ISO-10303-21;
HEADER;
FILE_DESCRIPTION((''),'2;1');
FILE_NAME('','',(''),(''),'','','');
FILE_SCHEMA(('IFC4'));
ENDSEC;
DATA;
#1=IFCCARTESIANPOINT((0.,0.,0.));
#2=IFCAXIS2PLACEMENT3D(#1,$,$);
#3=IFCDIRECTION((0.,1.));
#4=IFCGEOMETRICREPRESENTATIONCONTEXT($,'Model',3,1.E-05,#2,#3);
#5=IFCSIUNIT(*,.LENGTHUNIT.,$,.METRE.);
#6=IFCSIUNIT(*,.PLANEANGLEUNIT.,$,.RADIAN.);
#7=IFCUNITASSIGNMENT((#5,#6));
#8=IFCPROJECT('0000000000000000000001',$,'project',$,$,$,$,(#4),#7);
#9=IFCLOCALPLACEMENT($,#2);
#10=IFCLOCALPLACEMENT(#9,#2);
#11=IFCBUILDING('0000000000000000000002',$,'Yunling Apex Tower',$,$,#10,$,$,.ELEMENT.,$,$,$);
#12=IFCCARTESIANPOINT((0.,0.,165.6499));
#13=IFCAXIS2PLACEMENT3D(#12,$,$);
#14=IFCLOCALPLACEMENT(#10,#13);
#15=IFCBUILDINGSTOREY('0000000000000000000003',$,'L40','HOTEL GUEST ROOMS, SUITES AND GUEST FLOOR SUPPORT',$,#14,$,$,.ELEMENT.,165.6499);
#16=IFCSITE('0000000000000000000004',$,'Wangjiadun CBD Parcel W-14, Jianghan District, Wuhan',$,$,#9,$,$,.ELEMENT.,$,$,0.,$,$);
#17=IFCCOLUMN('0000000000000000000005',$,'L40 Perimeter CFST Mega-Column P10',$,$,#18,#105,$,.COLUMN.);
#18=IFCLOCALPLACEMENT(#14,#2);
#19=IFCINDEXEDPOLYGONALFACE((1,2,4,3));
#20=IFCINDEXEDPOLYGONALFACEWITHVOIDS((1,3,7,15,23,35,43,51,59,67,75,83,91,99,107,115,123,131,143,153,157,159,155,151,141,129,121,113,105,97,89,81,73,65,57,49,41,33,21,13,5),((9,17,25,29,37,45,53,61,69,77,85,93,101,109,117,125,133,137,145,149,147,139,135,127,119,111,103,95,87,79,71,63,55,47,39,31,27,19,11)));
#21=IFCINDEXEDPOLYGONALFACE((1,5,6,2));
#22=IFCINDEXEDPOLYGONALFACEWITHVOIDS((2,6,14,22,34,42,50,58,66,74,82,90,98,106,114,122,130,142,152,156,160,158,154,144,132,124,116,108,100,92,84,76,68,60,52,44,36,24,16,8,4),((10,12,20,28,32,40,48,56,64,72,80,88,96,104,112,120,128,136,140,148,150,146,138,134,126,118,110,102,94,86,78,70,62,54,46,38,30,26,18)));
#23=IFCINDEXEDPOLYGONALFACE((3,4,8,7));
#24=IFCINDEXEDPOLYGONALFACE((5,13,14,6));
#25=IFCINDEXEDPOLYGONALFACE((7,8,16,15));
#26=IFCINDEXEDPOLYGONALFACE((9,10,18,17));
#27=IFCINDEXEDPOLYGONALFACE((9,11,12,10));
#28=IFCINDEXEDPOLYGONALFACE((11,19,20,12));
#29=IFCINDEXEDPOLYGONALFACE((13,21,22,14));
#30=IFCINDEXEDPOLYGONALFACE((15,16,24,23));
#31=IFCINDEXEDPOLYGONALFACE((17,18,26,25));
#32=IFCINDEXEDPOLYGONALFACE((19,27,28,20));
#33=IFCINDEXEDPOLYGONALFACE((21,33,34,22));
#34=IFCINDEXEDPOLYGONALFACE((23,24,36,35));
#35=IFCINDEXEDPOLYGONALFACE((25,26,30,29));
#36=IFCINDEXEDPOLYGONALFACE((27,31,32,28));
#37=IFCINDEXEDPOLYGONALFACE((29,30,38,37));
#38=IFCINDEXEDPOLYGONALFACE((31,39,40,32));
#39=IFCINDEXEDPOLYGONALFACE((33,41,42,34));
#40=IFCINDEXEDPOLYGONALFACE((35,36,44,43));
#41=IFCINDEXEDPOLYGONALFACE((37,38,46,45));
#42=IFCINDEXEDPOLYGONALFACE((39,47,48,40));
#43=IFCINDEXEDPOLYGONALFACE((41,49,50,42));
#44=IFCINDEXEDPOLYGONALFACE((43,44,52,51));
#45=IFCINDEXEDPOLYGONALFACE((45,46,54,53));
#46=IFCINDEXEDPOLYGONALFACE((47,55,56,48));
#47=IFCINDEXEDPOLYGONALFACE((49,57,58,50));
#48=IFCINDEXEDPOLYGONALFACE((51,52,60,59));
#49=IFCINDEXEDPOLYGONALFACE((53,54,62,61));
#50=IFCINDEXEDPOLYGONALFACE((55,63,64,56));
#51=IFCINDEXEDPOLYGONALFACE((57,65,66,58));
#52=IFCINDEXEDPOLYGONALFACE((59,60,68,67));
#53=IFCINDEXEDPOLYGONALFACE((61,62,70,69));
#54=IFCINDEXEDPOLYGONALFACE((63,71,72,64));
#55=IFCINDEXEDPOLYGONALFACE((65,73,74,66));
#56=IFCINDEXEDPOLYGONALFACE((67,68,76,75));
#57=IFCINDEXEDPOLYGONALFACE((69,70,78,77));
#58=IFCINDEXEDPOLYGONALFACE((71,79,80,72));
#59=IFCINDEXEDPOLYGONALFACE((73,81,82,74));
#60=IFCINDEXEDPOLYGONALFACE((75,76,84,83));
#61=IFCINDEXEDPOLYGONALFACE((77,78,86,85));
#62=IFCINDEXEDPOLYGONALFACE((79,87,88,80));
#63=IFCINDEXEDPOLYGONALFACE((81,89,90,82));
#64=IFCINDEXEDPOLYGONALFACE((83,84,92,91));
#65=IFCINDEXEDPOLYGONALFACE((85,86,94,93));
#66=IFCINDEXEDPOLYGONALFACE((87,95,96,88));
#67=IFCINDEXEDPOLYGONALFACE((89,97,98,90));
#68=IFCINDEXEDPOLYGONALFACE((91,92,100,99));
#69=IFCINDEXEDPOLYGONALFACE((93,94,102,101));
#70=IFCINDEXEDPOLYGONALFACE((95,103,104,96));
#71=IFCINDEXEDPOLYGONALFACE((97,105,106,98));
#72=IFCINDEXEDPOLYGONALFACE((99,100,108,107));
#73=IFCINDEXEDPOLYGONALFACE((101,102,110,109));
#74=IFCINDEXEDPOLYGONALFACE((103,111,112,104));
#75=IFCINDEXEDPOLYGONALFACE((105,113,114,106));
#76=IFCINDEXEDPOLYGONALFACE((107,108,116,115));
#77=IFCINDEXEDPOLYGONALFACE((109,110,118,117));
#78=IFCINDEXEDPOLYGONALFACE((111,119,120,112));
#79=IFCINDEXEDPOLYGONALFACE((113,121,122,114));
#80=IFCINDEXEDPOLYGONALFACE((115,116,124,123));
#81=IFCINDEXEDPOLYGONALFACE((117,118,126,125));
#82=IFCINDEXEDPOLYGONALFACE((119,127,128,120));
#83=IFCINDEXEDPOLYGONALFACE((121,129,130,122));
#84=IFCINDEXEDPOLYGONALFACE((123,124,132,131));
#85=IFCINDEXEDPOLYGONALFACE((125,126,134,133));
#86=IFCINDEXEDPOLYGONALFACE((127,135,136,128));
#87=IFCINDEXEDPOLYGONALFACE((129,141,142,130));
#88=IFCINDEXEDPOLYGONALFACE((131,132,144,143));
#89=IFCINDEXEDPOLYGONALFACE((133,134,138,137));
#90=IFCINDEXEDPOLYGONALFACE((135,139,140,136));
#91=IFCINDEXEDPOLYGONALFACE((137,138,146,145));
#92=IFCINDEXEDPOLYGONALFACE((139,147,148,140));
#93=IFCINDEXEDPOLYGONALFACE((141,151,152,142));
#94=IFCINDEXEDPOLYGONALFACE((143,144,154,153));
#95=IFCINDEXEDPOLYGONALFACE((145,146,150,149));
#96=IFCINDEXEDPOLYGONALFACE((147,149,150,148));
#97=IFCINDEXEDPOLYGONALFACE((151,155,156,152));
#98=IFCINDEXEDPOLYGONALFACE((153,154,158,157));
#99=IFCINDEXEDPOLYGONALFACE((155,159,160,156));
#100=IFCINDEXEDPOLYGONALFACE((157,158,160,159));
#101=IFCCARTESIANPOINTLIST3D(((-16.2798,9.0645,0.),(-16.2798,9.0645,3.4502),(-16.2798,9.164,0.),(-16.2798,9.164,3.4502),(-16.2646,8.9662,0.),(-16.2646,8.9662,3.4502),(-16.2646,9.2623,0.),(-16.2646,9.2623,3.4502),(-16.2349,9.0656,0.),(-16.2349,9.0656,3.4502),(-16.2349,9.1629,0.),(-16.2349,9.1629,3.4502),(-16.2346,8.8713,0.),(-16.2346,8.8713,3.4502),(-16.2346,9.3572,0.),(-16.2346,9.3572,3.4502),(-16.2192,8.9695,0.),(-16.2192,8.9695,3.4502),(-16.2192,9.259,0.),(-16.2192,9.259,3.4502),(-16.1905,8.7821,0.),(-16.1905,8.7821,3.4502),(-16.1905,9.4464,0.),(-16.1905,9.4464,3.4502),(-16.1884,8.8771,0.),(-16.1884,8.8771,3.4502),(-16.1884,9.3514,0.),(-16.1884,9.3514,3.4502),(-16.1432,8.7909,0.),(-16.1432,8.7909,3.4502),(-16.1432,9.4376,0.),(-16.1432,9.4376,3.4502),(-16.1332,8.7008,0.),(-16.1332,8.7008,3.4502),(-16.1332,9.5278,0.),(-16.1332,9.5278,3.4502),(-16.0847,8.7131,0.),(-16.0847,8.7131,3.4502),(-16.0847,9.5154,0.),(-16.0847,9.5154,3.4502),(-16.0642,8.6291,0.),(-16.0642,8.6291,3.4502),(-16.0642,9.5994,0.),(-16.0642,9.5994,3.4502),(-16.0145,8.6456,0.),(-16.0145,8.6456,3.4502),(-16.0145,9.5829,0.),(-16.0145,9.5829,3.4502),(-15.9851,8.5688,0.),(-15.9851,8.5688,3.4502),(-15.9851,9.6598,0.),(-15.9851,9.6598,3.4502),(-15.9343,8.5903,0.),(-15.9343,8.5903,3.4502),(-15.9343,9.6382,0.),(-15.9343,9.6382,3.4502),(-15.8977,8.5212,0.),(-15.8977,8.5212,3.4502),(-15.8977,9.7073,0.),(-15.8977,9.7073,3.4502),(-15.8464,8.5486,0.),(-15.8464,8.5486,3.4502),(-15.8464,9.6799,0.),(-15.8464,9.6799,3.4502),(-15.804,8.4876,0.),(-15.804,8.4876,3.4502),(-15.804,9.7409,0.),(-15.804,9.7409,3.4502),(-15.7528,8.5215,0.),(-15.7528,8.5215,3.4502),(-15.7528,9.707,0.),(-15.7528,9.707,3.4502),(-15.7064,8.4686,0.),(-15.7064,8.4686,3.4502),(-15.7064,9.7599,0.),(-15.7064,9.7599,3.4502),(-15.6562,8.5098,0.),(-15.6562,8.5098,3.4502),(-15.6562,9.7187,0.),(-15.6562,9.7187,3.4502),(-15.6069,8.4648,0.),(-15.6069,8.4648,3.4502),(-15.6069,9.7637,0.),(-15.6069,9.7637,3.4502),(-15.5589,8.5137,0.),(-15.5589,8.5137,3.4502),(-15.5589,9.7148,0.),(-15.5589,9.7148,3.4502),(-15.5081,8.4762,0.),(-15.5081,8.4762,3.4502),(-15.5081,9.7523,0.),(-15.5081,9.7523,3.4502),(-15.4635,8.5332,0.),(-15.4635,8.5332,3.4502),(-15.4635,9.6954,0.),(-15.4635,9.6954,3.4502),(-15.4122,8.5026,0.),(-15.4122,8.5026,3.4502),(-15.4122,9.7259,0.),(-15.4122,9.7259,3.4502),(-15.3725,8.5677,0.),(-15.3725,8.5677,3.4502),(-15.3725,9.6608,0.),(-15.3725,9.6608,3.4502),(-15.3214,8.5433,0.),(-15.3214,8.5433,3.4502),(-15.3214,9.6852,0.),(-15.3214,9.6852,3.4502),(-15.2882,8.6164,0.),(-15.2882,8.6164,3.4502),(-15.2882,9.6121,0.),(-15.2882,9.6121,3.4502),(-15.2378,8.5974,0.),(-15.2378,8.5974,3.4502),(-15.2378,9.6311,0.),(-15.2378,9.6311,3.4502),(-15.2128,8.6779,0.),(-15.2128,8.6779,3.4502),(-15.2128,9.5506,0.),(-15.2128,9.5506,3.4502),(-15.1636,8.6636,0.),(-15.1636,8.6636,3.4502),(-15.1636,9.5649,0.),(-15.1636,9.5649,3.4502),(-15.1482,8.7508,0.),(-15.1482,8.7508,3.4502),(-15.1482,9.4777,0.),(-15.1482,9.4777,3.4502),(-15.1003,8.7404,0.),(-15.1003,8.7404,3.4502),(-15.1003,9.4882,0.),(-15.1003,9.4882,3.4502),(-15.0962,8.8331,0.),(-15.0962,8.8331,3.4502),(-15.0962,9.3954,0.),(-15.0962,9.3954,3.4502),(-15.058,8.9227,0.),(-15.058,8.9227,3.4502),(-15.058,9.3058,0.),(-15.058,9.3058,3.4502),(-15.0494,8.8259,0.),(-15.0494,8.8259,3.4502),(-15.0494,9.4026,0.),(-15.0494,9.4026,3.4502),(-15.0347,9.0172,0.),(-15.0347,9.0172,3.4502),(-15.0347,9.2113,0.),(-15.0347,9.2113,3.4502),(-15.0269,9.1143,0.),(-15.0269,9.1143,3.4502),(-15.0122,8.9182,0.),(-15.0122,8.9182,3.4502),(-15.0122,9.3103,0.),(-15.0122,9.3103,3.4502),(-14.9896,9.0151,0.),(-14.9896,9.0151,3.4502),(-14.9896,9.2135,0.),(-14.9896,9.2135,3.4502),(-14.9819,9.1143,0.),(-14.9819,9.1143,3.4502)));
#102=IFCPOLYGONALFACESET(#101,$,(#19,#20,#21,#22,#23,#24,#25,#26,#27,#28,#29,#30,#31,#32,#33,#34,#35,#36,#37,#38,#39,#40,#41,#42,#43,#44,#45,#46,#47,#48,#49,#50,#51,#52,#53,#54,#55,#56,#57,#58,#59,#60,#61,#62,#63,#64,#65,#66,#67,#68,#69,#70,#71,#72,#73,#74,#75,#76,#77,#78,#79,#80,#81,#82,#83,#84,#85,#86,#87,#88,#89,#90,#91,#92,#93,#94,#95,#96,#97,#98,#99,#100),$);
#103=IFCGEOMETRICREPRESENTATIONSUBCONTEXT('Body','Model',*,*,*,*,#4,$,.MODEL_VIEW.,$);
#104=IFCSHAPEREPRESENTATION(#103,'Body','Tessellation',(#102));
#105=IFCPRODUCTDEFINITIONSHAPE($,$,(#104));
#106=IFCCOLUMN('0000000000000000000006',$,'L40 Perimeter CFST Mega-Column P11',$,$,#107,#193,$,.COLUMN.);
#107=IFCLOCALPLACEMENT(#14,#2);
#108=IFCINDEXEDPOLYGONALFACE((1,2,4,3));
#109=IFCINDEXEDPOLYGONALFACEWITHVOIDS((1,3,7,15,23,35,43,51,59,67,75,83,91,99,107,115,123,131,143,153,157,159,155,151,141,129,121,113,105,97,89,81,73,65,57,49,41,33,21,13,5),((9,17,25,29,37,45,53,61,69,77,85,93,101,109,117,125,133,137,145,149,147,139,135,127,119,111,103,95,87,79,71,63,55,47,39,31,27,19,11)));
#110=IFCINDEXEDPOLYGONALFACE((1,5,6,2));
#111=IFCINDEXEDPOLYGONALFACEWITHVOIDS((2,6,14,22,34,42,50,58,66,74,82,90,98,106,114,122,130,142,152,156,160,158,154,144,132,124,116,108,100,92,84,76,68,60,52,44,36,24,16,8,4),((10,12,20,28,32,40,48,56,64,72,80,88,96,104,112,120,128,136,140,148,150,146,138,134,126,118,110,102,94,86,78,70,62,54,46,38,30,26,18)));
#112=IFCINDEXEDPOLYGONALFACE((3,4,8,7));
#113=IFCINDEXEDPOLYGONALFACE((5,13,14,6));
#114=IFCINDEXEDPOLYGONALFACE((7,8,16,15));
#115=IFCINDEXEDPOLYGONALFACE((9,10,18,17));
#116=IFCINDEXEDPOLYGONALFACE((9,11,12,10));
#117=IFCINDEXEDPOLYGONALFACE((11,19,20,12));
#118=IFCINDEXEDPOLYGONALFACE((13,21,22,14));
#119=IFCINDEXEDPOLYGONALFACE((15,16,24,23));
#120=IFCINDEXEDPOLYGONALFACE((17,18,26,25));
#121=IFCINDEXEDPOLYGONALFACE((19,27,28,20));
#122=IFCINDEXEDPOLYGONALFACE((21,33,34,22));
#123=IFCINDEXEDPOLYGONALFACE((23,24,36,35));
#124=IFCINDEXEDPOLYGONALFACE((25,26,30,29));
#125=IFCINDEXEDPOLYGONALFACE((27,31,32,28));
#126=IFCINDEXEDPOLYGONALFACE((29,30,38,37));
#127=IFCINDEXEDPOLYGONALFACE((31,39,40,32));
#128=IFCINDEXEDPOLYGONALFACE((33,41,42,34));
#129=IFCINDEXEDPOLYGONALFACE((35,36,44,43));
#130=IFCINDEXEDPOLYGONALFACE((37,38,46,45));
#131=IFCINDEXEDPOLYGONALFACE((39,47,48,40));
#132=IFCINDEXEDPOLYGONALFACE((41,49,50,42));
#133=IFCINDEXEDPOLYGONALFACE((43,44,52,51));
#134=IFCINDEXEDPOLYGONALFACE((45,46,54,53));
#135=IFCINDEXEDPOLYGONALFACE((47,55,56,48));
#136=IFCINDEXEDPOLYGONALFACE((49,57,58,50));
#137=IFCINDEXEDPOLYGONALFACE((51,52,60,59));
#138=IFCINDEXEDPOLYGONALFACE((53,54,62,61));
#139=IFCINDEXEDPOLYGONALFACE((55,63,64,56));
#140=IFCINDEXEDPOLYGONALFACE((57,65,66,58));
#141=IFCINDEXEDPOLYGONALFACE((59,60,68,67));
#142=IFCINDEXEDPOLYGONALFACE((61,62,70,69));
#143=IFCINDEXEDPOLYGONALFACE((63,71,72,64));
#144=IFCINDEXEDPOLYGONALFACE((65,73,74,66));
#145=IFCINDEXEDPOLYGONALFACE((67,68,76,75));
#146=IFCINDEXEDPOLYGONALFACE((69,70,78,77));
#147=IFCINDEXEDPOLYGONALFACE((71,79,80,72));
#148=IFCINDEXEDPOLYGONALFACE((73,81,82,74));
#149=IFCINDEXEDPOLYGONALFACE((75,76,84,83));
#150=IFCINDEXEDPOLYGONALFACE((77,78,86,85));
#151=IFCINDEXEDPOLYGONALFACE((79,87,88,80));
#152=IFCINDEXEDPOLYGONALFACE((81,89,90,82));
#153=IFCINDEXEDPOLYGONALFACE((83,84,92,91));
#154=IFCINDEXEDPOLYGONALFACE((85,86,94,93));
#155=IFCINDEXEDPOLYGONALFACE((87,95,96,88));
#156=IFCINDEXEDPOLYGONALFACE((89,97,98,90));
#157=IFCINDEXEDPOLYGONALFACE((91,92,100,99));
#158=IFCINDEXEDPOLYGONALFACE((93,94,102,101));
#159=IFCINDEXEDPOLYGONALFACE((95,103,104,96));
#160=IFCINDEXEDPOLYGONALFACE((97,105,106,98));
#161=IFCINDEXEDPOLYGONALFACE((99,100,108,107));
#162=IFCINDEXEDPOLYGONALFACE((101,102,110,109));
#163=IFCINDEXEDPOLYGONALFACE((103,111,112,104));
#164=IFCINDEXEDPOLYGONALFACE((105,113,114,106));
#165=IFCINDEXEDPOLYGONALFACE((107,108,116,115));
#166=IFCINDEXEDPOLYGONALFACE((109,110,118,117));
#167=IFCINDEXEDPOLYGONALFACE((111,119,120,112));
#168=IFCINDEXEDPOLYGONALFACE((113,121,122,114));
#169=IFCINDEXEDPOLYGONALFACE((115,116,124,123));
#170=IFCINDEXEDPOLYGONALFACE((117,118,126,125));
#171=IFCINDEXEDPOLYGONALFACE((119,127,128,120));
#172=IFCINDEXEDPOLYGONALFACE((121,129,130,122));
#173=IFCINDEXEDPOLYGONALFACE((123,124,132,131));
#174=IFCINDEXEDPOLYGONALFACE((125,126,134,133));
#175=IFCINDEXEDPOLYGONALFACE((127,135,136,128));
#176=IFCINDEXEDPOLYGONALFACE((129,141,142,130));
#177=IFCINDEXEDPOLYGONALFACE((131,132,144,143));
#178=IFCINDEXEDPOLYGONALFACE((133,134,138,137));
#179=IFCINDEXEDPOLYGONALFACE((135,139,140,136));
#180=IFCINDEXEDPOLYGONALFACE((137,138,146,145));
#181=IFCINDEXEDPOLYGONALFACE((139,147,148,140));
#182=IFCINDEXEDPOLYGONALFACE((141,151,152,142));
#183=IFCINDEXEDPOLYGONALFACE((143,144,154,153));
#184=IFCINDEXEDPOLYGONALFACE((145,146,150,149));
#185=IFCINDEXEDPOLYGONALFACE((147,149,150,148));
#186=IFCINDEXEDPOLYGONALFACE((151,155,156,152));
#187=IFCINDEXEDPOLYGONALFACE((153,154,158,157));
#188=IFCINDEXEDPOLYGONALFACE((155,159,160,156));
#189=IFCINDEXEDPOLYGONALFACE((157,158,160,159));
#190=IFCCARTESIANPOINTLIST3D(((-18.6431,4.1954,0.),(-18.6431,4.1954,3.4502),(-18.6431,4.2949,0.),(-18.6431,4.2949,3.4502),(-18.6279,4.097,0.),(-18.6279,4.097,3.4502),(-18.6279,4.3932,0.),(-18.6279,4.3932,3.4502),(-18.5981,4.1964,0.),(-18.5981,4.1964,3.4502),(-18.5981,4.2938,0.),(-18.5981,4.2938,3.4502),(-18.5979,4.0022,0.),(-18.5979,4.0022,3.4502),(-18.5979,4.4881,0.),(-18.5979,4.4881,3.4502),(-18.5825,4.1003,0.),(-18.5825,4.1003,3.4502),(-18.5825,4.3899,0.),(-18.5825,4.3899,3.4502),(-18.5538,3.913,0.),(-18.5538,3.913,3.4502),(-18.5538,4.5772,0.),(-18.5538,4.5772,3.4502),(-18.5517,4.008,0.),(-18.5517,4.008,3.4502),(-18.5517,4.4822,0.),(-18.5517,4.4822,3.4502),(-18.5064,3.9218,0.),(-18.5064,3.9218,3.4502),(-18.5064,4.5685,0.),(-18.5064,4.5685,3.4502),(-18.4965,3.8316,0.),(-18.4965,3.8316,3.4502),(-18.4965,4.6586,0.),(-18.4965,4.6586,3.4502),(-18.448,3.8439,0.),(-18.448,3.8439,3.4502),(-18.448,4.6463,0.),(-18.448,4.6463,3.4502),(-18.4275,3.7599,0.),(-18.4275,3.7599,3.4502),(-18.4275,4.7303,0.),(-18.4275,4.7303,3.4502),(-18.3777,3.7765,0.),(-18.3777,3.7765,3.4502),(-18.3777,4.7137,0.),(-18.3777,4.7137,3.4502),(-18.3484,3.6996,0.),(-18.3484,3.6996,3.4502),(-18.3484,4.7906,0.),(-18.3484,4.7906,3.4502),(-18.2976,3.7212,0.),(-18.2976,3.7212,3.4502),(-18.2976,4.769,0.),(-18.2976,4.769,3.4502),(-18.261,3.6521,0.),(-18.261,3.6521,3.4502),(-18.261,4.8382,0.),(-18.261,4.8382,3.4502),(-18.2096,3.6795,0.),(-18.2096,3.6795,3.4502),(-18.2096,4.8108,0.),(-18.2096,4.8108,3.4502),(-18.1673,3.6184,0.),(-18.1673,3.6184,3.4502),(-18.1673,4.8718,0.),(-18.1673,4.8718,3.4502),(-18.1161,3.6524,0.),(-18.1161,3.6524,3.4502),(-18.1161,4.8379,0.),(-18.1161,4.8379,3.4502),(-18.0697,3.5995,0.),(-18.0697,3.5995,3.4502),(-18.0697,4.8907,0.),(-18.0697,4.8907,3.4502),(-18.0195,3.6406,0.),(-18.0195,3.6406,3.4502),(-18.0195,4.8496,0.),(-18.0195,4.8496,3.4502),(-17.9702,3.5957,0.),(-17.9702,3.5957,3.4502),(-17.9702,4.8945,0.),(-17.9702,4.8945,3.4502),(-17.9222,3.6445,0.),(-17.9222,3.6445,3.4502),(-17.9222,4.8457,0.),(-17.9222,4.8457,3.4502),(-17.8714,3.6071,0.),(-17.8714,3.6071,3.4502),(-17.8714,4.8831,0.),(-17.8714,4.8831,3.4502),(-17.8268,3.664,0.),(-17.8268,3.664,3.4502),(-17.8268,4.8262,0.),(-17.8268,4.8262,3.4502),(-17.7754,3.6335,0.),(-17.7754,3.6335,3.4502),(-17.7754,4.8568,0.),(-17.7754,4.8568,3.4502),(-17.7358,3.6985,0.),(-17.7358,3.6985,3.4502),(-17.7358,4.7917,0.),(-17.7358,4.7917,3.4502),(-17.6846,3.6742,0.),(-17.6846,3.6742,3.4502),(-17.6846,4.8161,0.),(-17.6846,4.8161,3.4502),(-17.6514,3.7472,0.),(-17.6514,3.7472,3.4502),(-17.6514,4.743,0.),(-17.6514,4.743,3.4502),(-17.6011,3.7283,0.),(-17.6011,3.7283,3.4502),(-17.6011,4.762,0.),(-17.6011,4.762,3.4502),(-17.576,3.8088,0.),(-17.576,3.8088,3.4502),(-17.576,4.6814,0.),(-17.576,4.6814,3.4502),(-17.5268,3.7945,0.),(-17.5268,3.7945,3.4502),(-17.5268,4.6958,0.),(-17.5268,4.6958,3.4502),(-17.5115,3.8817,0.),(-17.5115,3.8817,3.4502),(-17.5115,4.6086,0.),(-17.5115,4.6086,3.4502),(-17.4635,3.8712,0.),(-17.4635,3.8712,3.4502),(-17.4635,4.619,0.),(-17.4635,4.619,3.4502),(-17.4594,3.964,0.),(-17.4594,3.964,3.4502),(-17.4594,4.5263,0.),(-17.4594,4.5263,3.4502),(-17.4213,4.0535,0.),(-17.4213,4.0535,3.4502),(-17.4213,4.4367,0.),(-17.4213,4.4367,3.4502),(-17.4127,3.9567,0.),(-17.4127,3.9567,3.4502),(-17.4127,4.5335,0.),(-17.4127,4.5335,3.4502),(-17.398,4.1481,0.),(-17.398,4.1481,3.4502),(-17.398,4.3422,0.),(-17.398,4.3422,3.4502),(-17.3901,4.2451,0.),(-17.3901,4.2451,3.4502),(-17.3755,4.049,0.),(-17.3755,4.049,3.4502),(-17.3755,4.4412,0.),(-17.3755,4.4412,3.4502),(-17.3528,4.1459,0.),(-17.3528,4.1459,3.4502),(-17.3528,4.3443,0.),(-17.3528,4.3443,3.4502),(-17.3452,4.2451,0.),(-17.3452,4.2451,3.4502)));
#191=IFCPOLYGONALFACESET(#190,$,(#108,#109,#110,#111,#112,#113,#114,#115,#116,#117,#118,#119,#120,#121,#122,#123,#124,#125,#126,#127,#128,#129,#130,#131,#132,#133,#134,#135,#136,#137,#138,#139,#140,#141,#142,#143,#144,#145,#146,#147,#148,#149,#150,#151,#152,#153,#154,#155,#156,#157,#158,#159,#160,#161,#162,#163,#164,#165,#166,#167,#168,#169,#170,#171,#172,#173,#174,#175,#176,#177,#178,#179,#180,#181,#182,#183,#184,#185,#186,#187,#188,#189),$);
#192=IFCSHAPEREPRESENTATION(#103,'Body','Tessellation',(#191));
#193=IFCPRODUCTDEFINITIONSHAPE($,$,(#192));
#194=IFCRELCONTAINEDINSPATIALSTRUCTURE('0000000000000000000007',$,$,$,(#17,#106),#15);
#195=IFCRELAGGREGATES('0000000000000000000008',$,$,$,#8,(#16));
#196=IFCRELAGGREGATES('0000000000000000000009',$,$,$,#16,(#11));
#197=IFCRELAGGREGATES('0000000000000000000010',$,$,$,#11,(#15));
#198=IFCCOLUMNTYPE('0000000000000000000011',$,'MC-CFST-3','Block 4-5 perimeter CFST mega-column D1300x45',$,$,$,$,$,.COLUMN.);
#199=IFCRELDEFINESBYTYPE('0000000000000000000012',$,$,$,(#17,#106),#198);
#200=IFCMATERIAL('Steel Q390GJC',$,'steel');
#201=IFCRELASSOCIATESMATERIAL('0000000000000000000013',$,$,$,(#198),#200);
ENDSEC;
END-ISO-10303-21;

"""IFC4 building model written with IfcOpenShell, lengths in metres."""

from ifc_helpers import new_model, si_unit, direction, frame, origin, origin_2d, place, context, subcontext, project, spatial, hollow_circle, extrude, source, transform, mapped, material, material_profile, profile_set, type_object, element, save


model = new_model("IFC4")

# Units and contexts
model_context = context("Model", 3, precision=1e-05, world=origin(), true_north=direction((0.0, 1.0)))
body_context = subcontext(model_context, "Body", "Model", "MODEL_VIEW")
ifc_project = project(units=[si_unit("LENGTHUNIT", "METRE"), si_unit("PLANEANGLEUNIT", "RADIAN")], contexts=[model_context])

# Site, building, storey
site_placement = place(None, origin())
site = spatial("IfcSite", under=ifc_project, at=site_placement, Name="Wangjiadun CBD Parcel W-14, Jianghan District, Wuhan", CompositionType="ELEMENT", RefElevation=0.0)
building_placement = place(site_placement, origin())
building = spatial("IfcBuilding", under=site, at=building_placement, Name="Yunling Apex Tower", CompositionType="ELEMENT")
storey_placement = place(building_placement, frame((0.0, 0.0, 165.6499)))
storey = spatial("IfcBuildingStorey", under=building, at=storey_placement, Name="L40", Description="HOTEL GUEST ROOMS, SUITES AND GUEST FLOOR SUPPORT", CompositionType="ELEMENT", Elevation=165.6499)

# Columns
ifc_material_1 = material(Name="Steel Q390GJC", Category="steel")
ifc_material_profile_1 = material_profile(ifc_material_1, hollow_circle(Radius=0.6499, WallThickness=0.0449, at=origin_2d()))
ifc_profile_set_1 = profile_set([ifc_material_profile_1], Name="Steel Q390GJC")
column_type = type_object("IfcColumnType", Name="MC-CFST-3", Description="Block 4-5 perimeter CFST mega-column D1300x45", PredefinedType="COLUMN", material=ifc_profile_set_1)
shared_shape_1 = source(origin(), body_context, "Body", "SweptSolid", [
    extrude(hollow_circle(Radius=0.6499, WallThickness=0.0449, at=origin_2d()), origin(), (0.0, 0.0, 1.0), 3.4502),
])
for number, where, z_axis, x_axis, name in (
    (1, (-15.6318, 9.1143, 0.0), (0.0, 0.0, 1.0), (1.0, 0.0, 0.0), "L40 Perimeter CFST Mega-Column P10"),
    (2, (-17.9951, 4.2451, 0.0), (0.0, 0.0, 1.0), (1.0, 0.0, 0.0), "L40 Perimeter CFST Mega-Column P11"),
):
    element("IfcColumn", number, at=place(storey_placement, frame(where, z_axis=z_axis, x_axis=x_axis)), inside=storey, type_object=column_type, Name=name, PredefinedType="COLUMN", context=body_context, shape_type="MappedRepresentation", body=[
        mapped(shared_shape_1, transform((0.0, 0.0, 0.0), scale=1.0)),
    ])

save(model, "model.ifc")
